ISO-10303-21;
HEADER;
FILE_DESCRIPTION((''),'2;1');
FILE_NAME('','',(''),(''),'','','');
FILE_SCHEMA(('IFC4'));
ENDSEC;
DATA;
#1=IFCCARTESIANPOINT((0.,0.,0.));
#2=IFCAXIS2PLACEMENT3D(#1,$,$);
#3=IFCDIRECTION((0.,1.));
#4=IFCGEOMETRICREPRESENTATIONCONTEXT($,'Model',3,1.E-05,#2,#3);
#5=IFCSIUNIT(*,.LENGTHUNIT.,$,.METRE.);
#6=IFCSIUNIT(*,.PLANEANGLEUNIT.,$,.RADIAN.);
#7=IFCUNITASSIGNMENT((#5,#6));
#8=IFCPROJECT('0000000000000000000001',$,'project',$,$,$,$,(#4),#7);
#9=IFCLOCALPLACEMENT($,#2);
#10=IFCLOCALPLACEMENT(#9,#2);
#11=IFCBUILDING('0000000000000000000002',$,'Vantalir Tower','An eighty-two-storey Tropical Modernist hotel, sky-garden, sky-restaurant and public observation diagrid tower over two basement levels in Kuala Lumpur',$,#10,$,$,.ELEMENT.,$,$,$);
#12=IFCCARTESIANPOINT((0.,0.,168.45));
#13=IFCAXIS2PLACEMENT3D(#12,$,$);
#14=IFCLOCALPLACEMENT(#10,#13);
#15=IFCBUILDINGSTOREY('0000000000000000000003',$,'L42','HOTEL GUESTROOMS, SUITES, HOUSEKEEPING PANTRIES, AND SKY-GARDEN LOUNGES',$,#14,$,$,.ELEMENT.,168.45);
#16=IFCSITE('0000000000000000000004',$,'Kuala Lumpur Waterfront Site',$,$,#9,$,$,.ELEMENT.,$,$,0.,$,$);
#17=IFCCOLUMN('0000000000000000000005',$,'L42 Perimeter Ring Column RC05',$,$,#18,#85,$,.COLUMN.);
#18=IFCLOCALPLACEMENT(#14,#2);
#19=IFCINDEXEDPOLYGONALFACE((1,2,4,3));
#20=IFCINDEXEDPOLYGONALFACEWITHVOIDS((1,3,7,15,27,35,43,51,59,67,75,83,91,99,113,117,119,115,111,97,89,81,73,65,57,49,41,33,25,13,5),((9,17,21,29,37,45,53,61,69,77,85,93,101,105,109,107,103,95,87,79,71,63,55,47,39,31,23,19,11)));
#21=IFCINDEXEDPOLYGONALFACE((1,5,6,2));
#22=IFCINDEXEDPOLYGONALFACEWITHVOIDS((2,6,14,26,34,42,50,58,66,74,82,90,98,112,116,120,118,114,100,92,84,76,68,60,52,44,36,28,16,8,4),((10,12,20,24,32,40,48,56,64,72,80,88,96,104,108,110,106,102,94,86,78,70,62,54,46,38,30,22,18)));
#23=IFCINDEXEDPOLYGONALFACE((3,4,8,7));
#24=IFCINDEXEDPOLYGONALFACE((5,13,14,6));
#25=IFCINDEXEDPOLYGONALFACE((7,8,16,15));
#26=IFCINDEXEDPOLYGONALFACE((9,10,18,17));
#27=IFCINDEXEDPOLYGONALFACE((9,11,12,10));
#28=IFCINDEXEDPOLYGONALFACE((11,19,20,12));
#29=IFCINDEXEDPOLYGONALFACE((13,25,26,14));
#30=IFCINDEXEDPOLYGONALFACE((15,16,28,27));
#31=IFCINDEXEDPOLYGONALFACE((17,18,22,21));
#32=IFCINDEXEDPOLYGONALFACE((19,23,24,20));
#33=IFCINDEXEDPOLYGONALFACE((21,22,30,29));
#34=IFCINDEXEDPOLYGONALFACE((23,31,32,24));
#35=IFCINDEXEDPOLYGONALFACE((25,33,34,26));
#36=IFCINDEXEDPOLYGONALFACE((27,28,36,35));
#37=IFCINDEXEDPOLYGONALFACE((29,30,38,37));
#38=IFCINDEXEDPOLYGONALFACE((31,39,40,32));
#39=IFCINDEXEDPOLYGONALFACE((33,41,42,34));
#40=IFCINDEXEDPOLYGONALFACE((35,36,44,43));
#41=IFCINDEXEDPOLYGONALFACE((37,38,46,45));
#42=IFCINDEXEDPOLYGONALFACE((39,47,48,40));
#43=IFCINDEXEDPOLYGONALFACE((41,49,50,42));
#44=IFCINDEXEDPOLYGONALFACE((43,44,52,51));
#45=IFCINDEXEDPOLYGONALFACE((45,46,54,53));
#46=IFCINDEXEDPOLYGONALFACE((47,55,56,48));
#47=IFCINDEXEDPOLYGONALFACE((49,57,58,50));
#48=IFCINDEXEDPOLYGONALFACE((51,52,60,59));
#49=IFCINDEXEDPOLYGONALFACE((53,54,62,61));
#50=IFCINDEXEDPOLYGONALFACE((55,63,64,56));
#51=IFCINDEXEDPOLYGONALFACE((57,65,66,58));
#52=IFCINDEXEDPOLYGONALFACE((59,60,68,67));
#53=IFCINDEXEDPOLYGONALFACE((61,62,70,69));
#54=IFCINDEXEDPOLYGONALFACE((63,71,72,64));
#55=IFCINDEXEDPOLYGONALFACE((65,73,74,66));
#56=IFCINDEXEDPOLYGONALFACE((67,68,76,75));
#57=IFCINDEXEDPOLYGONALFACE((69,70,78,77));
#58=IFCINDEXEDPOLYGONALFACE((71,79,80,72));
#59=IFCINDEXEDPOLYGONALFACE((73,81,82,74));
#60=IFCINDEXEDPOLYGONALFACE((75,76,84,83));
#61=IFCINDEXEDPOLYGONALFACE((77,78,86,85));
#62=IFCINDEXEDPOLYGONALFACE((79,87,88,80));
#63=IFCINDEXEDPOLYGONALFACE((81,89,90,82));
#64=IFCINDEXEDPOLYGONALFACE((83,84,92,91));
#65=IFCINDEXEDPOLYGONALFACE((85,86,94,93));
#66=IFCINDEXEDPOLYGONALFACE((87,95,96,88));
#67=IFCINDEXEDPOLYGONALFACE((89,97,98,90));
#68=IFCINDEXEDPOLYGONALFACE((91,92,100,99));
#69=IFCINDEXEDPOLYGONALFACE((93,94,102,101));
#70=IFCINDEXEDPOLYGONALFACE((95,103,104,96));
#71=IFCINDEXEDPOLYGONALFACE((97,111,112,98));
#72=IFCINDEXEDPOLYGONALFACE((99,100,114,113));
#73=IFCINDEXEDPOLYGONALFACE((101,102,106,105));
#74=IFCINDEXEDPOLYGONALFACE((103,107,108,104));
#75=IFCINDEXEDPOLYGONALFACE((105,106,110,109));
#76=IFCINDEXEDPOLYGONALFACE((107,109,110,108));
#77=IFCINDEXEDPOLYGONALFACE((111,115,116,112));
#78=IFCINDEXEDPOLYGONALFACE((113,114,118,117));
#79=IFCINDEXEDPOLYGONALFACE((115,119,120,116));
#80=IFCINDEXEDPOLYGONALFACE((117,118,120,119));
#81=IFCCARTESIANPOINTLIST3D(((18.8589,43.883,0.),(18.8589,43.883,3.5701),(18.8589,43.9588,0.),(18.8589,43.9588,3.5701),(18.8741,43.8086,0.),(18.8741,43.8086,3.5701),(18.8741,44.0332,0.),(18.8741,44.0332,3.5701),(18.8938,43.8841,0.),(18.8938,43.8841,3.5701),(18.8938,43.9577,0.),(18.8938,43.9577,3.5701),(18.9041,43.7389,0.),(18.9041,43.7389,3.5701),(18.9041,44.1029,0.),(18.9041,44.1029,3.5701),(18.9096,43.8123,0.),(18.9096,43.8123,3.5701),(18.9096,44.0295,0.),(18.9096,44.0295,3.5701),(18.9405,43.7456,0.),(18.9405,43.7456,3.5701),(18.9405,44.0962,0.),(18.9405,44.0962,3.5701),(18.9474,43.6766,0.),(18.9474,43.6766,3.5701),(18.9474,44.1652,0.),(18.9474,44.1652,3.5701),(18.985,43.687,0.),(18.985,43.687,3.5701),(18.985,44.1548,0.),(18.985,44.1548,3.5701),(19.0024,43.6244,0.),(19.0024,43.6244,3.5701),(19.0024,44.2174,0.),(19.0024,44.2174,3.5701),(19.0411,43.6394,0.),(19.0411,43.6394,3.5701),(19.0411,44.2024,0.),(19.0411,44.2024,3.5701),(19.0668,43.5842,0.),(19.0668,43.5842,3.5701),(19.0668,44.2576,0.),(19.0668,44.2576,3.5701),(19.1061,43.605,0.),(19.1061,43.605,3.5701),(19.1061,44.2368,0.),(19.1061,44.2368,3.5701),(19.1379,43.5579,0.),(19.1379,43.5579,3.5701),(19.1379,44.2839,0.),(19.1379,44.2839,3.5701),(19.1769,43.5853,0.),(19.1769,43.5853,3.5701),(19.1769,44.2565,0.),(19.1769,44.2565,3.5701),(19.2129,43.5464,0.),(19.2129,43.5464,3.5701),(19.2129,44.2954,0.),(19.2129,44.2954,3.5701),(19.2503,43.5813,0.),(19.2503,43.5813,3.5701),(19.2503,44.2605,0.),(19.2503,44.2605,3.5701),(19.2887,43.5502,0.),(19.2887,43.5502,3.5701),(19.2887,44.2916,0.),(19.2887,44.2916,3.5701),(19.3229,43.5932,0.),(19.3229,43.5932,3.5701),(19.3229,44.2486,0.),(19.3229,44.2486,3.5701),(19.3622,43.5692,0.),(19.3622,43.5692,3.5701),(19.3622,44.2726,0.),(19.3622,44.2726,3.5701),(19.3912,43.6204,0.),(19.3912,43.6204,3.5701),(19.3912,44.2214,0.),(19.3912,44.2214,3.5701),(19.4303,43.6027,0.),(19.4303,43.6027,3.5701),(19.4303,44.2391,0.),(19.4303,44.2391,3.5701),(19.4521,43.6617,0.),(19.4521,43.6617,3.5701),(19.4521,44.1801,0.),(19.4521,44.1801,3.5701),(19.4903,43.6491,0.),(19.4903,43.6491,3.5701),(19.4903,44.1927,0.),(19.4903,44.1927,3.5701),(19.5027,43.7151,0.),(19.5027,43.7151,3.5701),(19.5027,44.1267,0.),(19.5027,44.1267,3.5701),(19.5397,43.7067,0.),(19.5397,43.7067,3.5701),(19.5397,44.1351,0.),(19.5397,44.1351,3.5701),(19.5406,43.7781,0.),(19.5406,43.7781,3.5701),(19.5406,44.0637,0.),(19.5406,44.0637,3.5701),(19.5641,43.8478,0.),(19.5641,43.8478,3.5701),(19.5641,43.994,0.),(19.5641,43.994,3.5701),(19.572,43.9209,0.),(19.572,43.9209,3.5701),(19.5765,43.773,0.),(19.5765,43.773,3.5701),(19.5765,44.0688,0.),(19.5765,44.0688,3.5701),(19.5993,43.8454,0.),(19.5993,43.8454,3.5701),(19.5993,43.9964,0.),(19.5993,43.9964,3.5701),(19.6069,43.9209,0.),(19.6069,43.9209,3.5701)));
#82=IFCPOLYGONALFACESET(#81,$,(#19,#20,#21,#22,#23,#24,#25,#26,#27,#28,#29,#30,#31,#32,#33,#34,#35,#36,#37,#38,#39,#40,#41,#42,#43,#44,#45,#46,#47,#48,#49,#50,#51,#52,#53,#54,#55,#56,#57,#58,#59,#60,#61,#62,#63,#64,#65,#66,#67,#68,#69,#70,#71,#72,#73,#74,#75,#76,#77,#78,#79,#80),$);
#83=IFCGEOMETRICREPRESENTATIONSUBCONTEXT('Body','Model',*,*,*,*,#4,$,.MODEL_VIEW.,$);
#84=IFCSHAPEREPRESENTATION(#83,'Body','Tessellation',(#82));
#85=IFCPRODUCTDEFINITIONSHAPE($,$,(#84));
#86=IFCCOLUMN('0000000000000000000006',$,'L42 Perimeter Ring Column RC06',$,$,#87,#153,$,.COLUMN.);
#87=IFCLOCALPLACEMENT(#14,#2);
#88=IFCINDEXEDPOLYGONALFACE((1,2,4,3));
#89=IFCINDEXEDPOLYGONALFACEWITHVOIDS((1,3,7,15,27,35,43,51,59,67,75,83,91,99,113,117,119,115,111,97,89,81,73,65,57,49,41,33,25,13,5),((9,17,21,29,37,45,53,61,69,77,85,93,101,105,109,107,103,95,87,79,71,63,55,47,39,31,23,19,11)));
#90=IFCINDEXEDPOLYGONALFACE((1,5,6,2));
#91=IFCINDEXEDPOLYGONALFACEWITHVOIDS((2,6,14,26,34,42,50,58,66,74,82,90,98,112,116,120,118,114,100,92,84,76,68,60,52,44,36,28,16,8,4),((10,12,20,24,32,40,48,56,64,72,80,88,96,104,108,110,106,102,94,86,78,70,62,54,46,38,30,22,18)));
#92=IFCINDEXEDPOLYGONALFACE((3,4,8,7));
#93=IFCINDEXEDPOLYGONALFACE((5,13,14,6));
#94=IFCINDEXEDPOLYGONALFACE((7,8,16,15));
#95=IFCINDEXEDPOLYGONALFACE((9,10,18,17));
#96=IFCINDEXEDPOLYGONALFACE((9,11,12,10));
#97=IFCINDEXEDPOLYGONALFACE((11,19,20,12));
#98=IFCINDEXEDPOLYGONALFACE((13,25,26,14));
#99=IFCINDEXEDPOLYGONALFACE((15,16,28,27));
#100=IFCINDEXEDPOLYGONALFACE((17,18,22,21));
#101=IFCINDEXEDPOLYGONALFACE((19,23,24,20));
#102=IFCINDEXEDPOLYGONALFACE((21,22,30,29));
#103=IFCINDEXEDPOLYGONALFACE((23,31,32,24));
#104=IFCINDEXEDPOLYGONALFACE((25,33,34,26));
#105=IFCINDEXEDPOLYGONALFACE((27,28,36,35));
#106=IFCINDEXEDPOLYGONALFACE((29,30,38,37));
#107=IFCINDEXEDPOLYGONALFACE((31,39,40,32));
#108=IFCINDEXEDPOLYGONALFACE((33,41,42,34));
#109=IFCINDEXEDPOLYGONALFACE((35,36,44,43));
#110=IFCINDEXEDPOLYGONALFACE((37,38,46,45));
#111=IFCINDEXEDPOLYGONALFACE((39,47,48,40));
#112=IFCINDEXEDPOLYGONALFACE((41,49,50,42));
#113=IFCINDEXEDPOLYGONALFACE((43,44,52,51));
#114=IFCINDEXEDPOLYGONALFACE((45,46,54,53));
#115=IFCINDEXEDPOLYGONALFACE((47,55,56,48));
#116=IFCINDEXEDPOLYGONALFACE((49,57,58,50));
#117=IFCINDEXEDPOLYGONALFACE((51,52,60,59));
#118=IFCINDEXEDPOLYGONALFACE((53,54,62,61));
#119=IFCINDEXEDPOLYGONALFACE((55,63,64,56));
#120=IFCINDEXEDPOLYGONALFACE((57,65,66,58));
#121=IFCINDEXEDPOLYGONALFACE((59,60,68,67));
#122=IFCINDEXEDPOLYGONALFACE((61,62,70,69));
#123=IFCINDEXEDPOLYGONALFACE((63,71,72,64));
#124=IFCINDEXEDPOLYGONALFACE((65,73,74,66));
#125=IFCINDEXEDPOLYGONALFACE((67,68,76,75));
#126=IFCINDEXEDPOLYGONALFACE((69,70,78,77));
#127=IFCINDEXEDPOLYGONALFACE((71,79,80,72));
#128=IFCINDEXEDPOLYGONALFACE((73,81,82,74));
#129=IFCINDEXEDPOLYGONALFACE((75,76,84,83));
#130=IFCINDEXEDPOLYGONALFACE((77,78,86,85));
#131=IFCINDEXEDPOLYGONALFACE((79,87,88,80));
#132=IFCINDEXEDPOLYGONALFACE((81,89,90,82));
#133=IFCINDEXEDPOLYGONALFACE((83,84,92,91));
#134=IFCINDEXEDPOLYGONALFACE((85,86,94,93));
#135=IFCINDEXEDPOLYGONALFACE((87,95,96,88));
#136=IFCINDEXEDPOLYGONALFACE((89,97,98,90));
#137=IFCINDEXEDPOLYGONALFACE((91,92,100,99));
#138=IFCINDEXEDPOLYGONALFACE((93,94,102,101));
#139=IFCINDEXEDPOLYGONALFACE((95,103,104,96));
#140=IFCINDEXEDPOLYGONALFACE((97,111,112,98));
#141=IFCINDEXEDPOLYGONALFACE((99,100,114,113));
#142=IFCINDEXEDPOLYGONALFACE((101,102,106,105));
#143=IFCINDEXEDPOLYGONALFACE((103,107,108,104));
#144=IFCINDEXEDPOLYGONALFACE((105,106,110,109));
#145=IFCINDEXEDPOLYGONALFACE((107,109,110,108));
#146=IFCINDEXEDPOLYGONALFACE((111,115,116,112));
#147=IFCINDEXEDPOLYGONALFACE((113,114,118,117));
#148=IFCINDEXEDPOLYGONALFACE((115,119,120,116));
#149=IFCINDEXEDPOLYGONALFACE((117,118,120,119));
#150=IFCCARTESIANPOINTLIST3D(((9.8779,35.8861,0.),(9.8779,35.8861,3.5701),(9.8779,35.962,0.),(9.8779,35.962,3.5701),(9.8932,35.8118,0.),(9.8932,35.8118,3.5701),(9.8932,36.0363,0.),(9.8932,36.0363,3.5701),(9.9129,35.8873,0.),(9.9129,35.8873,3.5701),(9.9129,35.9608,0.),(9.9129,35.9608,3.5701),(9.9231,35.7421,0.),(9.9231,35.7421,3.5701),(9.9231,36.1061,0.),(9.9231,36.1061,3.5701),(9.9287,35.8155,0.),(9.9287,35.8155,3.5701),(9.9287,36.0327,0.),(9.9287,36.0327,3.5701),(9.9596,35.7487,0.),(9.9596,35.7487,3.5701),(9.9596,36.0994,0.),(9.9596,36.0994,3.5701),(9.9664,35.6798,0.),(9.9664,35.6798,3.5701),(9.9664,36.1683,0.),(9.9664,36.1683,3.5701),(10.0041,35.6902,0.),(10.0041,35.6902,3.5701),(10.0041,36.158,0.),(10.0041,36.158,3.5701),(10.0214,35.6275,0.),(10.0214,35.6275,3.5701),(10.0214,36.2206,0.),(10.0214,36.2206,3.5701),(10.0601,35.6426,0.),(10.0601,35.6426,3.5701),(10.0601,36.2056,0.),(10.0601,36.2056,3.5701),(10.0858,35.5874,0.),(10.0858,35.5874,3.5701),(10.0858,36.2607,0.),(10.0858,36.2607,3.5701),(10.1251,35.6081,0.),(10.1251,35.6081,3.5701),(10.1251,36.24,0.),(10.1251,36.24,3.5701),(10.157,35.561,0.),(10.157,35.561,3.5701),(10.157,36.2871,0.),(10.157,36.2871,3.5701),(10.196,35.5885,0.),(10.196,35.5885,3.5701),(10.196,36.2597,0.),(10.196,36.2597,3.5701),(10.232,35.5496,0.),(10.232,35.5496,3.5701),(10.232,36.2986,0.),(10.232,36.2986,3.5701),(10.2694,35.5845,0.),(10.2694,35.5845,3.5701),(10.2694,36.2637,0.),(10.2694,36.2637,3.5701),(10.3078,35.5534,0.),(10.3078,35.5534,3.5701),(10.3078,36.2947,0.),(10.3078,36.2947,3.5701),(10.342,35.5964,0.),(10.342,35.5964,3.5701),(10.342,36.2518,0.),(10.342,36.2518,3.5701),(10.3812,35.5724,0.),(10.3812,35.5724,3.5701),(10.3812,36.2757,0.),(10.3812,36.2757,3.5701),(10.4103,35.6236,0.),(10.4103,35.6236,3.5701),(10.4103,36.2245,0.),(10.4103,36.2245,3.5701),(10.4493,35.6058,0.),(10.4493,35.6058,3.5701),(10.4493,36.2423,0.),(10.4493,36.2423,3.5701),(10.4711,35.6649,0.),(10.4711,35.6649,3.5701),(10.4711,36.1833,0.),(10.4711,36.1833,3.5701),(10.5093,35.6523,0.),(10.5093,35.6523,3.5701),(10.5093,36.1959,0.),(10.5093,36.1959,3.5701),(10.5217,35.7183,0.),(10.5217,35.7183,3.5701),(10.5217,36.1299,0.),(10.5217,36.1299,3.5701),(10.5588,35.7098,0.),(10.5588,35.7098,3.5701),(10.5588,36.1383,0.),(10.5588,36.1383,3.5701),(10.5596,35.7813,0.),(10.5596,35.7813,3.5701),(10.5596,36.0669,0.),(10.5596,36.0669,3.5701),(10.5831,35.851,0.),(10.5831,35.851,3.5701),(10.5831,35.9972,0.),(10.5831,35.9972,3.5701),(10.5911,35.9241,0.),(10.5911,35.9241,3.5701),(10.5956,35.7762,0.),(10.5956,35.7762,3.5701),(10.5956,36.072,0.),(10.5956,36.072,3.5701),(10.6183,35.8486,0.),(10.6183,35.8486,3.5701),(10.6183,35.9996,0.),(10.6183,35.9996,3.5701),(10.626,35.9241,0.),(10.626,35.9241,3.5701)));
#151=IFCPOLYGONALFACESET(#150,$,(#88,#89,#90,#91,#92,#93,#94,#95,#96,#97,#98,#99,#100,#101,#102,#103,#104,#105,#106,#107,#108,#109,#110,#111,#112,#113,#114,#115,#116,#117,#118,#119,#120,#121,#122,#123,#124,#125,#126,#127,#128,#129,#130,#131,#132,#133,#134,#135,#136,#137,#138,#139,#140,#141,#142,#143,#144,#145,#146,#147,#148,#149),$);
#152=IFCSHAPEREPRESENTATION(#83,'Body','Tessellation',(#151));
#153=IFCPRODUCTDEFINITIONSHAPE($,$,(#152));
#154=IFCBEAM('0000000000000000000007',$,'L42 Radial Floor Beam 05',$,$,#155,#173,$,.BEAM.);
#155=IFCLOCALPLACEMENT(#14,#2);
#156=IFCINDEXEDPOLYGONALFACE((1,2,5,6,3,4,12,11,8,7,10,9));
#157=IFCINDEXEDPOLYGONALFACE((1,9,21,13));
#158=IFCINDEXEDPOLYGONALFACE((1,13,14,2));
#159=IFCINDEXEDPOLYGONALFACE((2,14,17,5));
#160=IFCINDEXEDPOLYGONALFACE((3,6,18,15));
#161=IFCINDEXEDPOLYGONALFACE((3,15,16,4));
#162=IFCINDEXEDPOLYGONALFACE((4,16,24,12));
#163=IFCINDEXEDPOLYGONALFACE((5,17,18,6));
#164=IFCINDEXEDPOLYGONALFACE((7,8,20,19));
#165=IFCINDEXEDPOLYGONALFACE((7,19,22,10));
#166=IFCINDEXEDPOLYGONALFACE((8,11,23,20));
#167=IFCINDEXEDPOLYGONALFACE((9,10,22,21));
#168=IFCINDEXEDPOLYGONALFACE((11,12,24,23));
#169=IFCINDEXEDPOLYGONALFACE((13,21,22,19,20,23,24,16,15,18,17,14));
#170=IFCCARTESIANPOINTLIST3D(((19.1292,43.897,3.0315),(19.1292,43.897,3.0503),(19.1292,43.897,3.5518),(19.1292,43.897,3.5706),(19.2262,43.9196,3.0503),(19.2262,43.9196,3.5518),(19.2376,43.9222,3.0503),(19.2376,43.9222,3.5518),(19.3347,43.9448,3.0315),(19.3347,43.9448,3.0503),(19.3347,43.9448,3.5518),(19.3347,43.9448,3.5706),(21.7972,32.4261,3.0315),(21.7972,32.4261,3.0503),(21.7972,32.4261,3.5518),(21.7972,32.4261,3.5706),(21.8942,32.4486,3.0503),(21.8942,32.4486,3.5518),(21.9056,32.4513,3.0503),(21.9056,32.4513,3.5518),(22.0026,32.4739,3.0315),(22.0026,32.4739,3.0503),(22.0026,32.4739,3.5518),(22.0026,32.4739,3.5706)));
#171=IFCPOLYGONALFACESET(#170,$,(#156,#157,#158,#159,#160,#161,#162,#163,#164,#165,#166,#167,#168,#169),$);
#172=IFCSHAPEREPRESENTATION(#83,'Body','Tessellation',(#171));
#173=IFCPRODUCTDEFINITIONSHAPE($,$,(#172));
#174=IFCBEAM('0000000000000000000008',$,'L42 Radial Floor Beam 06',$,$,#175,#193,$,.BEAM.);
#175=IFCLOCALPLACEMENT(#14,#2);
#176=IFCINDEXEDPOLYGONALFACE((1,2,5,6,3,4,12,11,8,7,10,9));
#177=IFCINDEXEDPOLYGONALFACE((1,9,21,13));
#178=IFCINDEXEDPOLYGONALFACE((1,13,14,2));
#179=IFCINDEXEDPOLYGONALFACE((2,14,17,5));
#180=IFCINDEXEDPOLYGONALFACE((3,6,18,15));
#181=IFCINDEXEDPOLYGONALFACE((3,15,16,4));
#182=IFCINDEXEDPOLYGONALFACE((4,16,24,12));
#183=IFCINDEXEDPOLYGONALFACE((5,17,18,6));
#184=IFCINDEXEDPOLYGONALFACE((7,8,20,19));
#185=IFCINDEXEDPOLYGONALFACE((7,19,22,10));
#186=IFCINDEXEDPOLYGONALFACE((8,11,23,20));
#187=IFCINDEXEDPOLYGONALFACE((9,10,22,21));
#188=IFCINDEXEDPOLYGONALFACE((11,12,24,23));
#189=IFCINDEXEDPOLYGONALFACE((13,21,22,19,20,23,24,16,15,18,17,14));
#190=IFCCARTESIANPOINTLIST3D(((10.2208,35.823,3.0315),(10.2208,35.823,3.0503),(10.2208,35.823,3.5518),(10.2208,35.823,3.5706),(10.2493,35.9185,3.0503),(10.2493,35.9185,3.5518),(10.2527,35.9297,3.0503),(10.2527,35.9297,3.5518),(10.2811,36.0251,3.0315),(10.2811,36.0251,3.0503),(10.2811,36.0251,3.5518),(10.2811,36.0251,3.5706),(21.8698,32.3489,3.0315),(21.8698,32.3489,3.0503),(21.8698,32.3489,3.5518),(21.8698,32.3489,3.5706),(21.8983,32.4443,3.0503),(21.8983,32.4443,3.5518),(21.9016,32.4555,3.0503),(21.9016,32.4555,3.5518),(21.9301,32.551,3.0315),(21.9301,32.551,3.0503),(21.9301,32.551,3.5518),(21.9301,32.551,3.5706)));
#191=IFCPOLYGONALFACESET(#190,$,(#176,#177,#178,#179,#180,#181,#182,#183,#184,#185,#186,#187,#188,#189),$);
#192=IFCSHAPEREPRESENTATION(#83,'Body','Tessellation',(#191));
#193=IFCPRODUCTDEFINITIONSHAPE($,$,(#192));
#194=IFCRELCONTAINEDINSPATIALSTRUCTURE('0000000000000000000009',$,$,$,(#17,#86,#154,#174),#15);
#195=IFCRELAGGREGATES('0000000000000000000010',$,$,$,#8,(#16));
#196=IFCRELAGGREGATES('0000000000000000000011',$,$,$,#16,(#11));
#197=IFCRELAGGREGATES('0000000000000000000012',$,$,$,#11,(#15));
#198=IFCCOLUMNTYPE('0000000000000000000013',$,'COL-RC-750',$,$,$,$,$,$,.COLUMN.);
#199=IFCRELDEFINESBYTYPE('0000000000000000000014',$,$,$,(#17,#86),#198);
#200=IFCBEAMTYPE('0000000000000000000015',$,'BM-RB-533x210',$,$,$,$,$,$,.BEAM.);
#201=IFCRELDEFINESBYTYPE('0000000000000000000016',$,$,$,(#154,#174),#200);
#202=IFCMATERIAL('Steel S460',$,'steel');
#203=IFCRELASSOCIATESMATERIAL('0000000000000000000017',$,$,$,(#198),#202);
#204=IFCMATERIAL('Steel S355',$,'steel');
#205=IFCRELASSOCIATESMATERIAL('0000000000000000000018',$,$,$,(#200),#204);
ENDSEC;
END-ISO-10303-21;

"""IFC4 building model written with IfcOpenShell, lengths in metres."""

from ifc_helpers import new_model, si_unit, direction, frame, origin, origin_2d, place, context, subcontext, project, spatial, hollow_circle, i_section, extrude, material, material_profile, profile_set, type_object, element, save


model = new_model("IFC4")

# Units and contexts
model_context = context("Model", 3, precision=1e-05, world=origin(), true_north=direction((0.0, 1.0)))
body_context = subcontext(model_context, "Body", "Model", "MODEL_VIEW")
ifc_project = project(units=[si_unit("LENGTHUNIT", "METRE"), si_unit("PLANEANGLEUNIT", "RADIAN")], contexts=[model_context])

# Site, building, storey
site_placement = place(None, origin())
site = spatial("IfcSite", under=ifc_project, at=site_placement, Name="Kuala Lumpur Waterfront Site", CompositionType="ELEMENT", RefElevation=0.0)
building_placement = place(site_placement, origin())
building = spatial("IfcBuilding", under=site, at=building_placement, Name="Vantalir Tower", Description="An eighty-two-storey Tropical Modernist hotel, sky-garden, sky-restaurant and public observation diagrid tower over two basement levels in Kuala Lumpur", CompositionType="ELEMENT")
storey_placement = place(building_placement, frame((0.0, 0.0, 168.45)))
storey = spatial("IfcBuildingStorey", under=building, at=storey_placement, Name="L42", Description="HOTEL GUESTROOMS, SUITES, HOUSEKEEPING PANTRIES, AND SKY-GARDEN LOUNGES", CompositionType="ELEMENT", Elevation=168.45)

# Columns
ifc_material_1 = material(Name="Steel S460", Category="steel")
ifc_material_profile_1 = material_profile(ifc_material_1, hollow_circle(Radius=0.375, WallThickness=0.0349, at=origin_2d()), Name="Steel S460")
ifc_profile_set_1 = profile_set([ifc_material_profile_1], Name="Steel S460")
column_type = type_object("IfcColumnType", Name="COL-RC-750", PredefinedType="COLUMN", material=ifc_profile_set_1)
for number, where, z_axis, x_axis, name in (
    (1, (19.2319, 43.9209, 0.0), (0.0, 0.0, 1.0), (1.0, 0.0, 0.0), "L42 Perimeter Ring Column RC05"),
    (2, (10.251, 35.9241, 0.0), (0.0, 0.0, 1.0), (1.0, 0.0, 0.0), "L42 Perimeter Ring Column RC06"),
):
    element("IfcColumn", number, at=place(storey_placement, frame(where, z_axis=z_axis, x_axis=x_axis)), inside=storey, type_object=column_type, Name=name, PredefinedType="COLUMN", context=body_context, shape_type="SweptSolid", body=[
        extrude(hollow_circle(Radius=0.375, WallThickness=0.0349, at=origin_2d()), origin(), (0.0, 0.0, 1.0), 3.5701),
    ])

# Beams
ifc_material_2 = material(Name="Steel S355", Category="steel")
ifc_material_profile_2 = material_profile(ifc_material_2, i_section(OverallWidth=0.2109, OverallDepth=0.5391, WebThickness=0.0117, FlangeThickness=0.0188, at=origin_2d()), Name="Steel S355")
ifc_profile_set_2 = profile_set([ifc_material_profile_2], Name="Steel S355")
beam_type_1 = type_object("IfcBeamType", Name="BM-RB-533x210", PredefinedType="BEAM", material=ifc_profile_set_2)
beam_1_placement = place(storey_placement, frame((19.2319, 43.9209, 3.301), z_axis=(0.226538, -0.974002, 0.0), x_axis=(0.974002, 0.226538, 0.0)))
element("IfcBeam", 3, at=beam_1_placement, inside=storey, type_object=beam_type_1, Name="L42 Radial Floor Beam 05", PredefinedType="BEAM", context=body_context, shape_type="SweptSolid", body=[
    extrude(i_section(OverallWidth=0.2109, OverallDepth=0.5391, WebThickness=0.0117, FlangeThickness=0.0188, at=origin_2d()), origin(), (0.0, 0.0, 1.0), 11.7771),
])
beam_2_placement = place(storey_placement, frame((10.251, 35.9241, 3.301), z_axis=(0.95829, -0.285796, 0.0), x_axis=(0.285796, 0.95829, 0.0)))
element("IfcBeam", 4, at=beam_2_placement, inside=storey, type_object=beam_type_1, Name="L42 Radial Floor Beam 06", PredefinedType="BEAM", context=body_context, shape_type="SweptSolid", body=[
    extrude(i_section(OverallWidth=0.2109, OverallDepth=0.5391, WebThickness=0.0117, FlangeThickness=0.0188, at=origin_2d()), origin(), (0.0, 0.0, 1.0), 12.156),
])

save(model, "model.ifc")
